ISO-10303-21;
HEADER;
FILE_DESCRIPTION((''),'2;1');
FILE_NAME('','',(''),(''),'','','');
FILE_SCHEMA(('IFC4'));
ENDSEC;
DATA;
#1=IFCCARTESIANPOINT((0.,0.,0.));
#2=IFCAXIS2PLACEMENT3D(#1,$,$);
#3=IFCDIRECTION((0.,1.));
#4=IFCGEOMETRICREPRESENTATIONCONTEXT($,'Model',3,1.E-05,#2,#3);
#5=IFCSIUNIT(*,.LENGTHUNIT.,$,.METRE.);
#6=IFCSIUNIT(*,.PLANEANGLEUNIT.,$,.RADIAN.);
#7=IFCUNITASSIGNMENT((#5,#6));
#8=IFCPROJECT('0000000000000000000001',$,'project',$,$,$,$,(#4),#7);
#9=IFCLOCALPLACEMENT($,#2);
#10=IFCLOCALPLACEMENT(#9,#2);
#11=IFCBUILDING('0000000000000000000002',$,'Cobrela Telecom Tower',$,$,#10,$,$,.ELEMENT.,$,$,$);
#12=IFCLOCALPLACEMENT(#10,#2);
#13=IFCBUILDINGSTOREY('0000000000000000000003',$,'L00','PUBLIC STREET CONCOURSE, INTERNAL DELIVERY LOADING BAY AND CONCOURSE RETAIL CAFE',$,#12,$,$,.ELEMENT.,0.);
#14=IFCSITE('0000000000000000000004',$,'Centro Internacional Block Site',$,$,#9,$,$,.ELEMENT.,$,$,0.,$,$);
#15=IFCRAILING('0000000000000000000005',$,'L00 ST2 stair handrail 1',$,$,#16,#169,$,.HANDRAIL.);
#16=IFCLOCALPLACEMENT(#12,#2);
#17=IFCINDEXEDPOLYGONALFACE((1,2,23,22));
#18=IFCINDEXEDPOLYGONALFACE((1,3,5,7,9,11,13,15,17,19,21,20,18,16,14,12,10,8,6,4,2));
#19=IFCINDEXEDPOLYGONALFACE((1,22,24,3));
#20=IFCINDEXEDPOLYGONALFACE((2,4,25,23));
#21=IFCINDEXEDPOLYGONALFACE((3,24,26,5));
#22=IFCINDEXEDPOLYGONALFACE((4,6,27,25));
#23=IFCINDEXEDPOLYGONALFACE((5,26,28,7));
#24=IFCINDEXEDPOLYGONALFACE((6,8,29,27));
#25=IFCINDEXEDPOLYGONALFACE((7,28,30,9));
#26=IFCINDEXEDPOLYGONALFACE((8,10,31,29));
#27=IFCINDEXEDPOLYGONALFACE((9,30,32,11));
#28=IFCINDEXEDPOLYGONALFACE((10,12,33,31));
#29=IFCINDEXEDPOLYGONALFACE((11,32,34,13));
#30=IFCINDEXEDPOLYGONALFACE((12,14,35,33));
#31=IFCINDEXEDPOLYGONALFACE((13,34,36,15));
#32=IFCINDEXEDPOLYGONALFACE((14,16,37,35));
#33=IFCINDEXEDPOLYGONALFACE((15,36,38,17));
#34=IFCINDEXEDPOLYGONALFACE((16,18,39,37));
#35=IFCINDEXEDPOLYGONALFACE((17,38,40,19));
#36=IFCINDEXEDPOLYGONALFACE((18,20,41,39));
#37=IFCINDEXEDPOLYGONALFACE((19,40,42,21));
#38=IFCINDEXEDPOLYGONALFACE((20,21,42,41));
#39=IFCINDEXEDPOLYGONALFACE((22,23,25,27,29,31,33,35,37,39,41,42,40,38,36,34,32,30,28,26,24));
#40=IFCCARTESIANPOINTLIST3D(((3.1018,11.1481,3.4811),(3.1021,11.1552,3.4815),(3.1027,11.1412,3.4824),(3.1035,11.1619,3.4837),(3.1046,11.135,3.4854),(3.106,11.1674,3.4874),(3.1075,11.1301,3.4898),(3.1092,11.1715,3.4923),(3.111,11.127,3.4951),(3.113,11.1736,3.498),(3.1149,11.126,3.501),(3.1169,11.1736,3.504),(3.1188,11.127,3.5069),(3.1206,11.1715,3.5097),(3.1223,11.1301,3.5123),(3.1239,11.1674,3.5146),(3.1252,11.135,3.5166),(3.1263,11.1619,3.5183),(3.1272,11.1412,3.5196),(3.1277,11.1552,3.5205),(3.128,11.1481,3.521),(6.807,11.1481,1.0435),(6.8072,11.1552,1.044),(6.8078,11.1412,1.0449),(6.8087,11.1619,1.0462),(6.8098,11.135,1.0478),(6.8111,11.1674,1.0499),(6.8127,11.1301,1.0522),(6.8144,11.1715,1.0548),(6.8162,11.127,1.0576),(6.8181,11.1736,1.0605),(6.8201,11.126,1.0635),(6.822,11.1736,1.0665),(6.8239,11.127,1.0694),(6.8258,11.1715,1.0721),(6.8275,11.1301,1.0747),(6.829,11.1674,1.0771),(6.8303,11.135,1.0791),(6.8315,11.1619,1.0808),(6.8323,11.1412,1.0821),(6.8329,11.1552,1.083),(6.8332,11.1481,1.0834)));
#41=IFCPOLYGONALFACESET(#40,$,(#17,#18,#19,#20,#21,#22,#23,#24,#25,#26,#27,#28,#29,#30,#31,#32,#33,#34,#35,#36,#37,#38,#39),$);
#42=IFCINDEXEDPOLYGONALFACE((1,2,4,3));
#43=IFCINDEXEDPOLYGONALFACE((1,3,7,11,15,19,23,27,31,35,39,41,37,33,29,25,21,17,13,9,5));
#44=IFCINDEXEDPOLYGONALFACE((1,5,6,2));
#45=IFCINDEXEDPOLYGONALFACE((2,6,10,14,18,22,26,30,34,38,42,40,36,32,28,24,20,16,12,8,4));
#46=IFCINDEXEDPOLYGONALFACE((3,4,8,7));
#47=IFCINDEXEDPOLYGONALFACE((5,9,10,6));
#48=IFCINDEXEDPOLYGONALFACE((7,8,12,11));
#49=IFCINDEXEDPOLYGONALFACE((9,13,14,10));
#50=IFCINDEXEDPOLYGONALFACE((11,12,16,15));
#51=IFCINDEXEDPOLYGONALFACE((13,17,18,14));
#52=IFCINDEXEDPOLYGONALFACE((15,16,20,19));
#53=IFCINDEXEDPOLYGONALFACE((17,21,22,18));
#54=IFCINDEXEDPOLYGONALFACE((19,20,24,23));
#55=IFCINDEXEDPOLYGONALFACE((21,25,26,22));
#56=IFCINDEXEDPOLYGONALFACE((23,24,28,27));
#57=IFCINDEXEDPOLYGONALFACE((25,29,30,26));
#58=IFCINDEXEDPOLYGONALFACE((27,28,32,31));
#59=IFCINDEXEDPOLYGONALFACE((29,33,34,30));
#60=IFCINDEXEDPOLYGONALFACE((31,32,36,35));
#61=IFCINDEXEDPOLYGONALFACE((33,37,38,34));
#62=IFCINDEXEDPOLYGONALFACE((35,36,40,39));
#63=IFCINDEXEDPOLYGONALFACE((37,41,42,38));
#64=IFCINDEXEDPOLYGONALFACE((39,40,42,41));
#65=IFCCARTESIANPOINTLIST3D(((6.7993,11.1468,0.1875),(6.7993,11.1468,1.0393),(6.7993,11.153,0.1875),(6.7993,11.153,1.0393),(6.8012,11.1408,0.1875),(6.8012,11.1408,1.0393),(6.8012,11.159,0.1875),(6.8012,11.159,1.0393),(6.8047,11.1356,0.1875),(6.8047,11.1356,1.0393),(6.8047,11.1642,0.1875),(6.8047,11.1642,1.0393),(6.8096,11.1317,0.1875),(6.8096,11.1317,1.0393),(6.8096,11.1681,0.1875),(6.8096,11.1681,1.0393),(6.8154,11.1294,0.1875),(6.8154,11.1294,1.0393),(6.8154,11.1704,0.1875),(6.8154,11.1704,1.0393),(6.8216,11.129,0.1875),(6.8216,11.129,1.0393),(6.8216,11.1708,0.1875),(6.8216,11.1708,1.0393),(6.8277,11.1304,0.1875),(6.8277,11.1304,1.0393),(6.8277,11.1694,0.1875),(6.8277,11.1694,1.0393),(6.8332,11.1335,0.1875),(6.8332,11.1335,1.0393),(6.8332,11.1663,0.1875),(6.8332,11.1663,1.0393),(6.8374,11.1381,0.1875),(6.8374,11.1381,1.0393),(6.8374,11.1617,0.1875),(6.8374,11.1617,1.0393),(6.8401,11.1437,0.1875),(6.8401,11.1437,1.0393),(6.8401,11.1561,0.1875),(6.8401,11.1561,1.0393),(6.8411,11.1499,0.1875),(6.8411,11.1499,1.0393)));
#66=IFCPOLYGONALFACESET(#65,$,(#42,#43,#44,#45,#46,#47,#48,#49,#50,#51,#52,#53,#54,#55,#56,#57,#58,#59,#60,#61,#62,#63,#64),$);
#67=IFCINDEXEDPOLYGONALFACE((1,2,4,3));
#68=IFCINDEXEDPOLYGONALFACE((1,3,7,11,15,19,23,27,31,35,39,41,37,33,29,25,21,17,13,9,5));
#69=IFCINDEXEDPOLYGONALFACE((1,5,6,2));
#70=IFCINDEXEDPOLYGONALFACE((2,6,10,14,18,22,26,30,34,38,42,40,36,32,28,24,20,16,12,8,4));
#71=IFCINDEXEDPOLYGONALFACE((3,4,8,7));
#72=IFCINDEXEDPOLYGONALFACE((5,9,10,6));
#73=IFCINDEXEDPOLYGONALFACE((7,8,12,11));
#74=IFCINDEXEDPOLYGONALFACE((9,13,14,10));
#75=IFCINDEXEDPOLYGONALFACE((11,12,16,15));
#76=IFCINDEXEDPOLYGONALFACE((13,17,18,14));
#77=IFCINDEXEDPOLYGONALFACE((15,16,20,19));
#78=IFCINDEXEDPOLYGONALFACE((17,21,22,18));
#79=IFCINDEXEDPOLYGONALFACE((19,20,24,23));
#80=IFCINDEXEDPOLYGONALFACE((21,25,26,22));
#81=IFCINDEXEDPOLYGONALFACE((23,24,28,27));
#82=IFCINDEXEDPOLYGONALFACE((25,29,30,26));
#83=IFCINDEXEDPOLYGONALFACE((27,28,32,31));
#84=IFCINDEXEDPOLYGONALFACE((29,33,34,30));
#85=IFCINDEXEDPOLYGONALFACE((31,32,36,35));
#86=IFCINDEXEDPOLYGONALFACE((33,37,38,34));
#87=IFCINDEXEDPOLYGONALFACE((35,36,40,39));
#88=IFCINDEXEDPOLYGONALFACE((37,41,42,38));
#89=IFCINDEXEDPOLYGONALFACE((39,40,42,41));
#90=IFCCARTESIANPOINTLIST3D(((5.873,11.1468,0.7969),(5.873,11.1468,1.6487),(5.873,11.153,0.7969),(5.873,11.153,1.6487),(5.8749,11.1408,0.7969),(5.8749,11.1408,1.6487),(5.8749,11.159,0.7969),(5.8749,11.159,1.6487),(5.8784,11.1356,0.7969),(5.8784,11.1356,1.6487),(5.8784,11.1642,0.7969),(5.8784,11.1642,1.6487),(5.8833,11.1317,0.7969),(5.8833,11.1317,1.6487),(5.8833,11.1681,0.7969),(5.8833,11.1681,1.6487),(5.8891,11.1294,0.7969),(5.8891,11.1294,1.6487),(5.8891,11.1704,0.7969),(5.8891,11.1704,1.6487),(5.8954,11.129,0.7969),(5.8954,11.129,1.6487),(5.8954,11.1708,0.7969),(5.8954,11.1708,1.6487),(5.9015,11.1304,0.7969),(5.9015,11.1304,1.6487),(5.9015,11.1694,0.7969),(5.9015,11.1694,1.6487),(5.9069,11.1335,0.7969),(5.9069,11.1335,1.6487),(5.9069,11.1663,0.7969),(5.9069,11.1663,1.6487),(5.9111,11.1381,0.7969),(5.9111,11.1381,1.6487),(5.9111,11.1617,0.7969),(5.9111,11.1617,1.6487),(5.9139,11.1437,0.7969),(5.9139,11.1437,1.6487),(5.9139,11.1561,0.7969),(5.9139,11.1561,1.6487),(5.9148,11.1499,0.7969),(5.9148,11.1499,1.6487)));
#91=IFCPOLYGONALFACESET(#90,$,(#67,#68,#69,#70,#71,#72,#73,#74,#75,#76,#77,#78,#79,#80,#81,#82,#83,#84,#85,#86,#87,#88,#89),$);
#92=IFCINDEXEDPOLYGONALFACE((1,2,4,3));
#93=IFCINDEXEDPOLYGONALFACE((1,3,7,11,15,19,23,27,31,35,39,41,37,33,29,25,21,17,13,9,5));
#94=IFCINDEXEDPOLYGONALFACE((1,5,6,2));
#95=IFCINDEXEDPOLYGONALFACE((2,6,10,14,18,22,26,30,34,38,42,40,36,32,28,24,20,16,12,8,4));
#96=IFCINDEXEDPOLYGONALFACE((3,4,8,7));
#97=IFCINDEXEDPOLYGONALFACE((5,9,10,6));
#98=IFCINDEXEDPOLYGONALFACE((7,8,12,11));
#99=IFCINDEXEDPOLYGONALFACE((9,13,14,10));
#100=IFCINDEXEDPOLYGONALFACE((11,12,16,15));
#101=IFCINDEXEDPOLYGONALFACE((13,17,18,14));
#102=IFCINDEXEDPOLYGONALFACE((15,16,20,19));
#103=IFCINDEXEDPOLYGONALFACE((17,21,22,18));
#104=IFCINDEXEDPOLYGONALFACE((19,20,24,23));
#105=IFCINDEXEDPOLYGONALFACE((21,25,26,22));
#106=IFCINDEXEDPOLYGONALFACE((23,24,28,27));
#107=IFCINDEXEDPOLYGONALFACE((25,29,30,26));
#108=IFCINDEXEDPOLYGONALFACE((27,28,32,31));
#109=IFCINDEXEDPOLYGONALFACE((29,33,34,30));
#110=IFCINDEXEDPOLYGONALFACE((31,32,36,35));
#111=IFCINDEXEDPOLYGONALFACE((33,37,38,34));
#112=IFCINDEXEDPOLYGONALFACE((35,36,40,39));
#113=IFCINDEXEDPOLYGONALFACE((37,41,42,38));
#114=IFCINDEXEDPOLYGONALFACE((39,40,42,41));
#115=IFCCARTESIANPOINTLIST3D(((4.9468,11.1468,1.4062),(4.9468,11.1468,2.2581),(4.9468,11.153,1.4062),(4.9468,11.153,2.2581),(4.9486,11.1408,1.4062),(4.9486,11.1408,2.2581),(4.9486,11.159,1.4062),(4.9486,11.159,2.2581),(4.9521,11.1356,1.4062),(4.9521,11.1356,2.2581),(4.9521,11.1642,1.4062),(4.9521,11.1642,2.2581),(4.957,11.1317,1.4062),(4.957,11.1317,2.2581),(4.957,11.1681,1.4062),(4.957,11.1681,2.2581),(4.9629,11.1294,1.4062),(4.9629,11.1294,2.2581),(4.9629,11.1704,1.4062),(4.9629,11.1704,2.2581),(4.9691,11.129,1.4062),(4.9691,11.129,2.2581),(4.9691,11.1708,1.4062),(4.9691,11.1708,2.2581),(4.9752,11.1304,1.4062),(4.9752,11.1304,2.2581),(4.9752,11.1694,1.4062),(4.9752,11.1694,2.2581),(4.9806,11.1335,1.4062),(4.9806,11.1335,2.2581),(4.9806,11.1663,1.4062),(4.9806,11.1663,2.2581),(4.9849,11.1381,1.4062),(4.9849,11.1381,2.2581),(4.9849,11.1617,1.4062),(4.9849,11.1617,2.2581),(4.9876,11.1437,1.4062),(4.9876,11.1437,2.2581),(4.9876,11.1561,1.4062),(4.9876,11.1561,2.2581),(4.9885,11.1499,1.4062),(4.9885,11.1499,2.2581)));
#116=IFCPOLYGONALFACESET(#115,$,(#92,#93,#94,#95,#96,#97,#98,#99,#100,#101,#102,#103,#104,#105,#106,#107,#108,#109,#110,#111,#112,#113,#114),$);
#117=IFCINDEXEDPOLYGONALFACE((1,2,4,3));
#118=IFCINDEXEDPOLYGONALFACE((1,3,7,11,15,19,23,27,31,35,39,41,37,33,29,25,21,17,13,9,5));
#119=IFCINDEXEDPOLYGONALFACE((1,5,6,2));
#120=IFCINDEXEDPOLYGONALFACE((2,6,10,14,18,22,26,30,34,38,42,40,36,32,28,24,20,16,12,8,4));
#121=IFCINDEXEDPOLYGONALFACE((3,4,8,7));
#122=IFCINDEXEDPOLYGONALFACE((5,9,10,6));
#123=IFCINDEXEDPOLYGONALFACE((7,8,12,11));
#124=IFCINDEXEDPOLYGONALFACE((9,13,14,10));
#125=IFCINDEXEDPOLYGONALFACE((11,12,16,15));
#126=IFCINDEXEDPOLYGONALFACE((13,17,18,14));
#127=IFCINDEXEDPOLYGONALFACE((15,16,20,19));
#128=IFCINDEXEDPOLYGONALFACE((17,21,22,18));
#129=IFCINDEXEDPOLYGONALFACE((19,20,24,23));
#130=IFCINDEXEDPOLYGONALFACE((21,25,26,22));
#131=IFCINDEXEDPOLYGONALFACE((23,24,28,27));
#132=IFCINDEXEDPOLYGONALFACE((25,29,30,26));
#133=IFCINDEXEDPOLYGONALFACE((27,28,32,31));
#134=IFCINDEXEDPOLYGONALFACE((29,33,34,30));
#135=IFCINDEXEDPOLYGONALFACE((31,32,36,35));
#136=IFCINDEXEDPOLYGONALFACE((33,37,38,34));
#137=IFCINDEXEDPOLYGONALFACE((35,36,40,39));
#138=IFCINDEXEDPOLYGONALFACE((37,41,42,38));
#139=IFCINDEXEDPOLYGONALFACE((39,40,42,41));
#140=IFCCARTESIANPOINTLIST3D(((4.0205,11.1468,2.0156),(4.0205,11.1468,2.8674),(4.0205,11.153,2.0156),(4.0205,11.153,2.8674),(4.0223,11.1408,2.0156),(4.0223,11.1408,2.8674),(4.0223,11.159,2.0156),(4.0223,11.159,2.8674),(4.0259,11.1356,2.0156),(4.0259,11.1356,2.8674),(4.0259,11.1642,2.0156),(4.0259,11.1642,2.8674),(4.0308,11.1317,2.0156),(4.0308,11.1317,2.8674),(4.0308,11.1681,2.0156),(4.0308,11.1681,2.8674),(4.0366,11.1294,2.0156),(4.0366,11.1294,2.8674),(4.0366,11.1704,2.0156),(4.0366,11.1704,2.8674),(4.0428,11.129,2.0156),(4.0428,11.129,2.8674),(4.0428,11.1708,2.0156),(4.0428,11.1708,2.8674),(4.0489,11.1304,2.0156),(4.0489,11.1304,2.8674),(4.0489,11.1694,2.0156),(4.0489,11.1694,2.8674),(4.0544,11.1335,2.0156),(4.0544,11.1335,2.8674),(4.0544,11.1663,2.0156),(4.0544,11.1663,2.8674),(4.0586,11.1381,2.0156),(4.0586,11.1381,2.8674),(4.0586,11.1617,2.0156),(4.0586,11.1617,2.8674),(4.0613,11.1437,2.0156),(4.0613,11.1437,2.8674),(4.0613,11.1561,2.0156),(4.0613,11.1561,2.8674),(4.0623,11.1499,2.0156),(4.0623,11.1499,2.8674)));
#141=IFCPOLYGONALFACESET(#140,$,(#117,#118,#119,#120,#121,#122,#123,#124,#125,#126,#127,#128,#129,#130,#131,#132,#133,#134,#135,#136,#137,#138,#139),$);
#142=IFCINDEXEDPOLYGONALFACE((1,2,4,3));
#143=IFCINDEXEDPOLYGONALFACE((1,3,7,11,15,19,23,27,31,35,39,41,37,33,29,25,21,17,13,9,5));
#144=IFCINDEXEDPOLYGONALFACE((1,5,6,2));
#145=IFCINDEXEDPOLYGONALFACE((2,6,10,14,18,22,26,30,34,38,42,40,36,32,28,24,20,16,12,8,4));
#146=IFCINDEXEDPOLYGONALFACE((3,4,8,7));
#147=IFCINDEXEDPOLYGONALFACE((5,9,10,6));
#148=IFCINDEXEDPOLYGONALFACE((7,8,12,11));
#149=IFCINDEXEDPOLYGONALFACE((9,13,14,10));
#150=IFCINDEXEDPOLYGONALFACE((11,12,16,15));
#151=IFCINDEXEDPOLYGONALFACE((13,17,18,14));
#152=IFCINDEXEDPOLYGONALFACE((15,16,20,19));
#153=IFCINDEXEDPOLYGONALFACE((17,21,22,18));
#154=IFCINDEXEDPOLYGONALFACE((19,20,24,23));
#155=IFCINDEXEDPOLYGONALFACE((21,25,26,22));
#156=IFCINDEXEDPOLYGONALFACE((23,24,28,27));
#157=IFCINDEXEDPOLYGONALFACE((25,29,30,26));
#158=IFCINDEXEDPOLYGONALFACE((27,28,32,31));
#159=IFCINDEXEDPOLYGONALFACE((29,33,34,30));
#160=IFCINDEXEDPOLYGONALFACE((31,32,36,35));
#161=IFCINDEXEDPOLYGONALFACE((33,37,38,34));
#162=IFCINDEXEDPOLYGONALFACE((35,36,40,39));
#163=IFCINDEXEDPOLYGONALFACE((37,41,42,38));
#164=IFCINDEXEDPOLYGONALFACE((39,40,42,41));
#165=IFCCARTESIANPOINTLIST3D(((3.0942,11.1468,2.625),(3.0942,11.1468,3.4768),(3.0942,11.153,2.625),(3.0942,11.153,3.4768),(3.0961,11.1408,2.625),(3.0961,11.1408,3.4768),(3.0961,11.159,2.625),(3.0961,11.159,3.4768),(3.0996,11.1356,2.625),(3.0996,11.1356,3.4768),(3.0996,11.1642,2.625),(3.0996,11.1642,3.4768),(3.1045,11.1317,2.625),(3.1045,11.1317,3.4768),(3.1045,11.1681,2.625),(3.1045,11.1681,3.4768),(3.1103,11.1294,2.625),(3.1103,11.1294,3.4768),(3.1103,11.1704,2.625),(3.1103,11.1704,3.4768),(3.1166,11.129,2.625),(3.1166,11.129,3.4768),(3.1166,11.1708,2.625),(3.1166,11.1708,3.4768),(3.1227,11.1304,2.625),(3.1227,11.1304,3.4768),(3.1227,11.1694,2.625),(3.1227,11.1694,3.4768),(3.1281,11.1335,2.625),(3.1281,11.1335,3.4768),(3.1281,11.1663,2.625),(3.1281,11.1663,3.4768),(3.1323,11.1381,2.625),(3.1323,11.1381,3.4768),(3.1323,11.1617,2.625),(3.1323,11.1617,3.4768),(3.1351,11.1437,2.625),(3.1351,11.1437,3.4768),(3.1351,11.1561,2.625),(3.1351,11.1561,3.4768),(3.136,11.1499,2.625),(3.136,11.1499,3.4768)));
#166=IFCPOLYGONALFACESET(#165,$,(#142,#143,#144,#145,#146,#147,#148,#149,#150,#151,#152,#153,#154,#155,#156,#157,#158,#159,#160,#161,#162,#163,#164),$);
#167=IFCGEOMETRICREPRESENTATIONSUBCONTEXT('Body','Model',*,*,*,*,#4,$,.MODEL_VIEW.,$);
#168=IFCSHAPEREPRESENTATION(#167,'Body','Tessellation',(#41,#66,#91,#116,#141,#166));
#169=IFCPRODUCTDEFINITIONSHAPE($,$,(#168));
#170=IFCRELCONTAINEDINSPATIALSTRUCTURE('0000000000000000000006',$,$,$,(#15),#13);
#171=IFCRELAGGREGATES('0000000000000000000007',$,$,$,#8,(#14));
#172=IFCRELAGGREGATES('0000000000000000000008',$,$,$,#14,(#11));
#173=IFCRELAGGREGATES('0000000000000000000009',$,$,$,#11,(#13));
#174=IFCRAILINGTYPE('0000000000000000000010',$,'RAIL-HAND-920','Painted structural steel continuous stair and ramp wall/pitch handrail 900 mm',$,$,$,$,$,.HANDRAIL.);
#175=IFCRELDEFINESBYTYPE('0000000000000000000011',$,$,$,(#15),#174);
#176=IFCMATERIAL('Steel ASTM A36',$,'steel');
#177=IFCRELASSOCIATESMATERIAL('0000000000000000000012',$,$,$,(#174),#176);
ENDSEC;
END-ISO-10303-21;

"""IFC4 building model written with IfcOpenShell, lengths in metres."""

from ifc_helpers import new_model, si_unit, direction, frame, origin, origin_2d, place, context, subcontext, project, spatial, circle, extrude, material, type_object, element, save


model = new_model("IFC4")

# Units and contexts
model_context = context("Model", 3, precision=1e-05, world=origin(), true_north=direction((0.0, 1.0)))
body_context = subcontext(model_context, "Body", "Model", "MODEL_VIEW")
ifc_project = project(units=[si_unit("LENGTHUNIT", "METRE"), si_unit("PLANEANGLEUNIT", "RADIAN")], contexts=[model_context])

# Site, building, storey
site_placement = place(None, origin())
site = spatial("IfcSite", under=ifc_project, at=site_placement, Name="Centro Internacional Block Site", CompositionType="ELEMENT", RefElevation=0.0)
building_placement = place(site_placement, origin())
building = spatial("IfcBuilding", under=site, at=building_placement, Name="Cobrela Telecom Tower", CompositionType="ELEMENT")
storey_placement = place(building_placement, origin())
storey = spatial("IfcBuildingStorey", under=building, at=storey_placement, Name="L00", Description="PUBLIC STREET CONCOURSE, INTERNAL DELIVERY LOADING BAY AND CONCOURSE RETAIL CAFE", CompositionType="ELEMENT", Elevation=0.0)

# Shared definitions
ifc_material_1 = material(Name="Steel ASTM A36", Category="steel")

# Railing
railing_type_1 = type_object("IfcRailingType", Name="RAIL-HAND-920", Description="Painted structural steel continuous stair and ramp wall/pitch handrail 900 mm", PredefinedType="HANDRAIL", material=ifc_material_1)
railing_1_placement = place(storey_placement, frame((6.8201, 11.1499, 0.1875)))
element("IfcRailing", 1, at=railing_1_placement, inside=storey, type_object=railing_type_1, Name="L00 ST2 stair handrail 1", PredefinedType="HANDRAIL", context=body_context, shape_type="SweptSolid", body=[
    extrude(circle(Radius=0.0239, at=origin_2d()), frame((0.0, 0.0, 0.876), z_axis=(-0.835422, 0.0, 0.549608), x_axis=(0.0, -1.0, 0.0)), (0.0, 0.0, 1.0), 4.4351),
    extrude(circle(Radius=0.021, at=origin_2d()), origin(), (0.0, 0.0, 1.0), 0.8518),
    extrude(circle(Radius=0.021, at=origin_2d()), frame((-0.9263, 0.0, 0.6094)), (0.0, 0.0, 1.0), 0.8518),
    extrude(circle(Radius=0.021, at=origin_2d()), frame((-1.8525, 0.0, 1.2188)), (0.0, 0.0, 1.0), 0.8518),
    extrude(circle(Radius=0.021, at=origin_2d()), frame((-2.7788, 0.0, 1.8281)), (0.0, 0.0, 1.0), 0.8518),
    extrude(circle(Radius=0.021, at=origin_2d()), frame((-3.7051, 0.0, 2.4375)), (0.0, 0.0, 1.0), 0.8518),
])

save(model, "model.ifc")
